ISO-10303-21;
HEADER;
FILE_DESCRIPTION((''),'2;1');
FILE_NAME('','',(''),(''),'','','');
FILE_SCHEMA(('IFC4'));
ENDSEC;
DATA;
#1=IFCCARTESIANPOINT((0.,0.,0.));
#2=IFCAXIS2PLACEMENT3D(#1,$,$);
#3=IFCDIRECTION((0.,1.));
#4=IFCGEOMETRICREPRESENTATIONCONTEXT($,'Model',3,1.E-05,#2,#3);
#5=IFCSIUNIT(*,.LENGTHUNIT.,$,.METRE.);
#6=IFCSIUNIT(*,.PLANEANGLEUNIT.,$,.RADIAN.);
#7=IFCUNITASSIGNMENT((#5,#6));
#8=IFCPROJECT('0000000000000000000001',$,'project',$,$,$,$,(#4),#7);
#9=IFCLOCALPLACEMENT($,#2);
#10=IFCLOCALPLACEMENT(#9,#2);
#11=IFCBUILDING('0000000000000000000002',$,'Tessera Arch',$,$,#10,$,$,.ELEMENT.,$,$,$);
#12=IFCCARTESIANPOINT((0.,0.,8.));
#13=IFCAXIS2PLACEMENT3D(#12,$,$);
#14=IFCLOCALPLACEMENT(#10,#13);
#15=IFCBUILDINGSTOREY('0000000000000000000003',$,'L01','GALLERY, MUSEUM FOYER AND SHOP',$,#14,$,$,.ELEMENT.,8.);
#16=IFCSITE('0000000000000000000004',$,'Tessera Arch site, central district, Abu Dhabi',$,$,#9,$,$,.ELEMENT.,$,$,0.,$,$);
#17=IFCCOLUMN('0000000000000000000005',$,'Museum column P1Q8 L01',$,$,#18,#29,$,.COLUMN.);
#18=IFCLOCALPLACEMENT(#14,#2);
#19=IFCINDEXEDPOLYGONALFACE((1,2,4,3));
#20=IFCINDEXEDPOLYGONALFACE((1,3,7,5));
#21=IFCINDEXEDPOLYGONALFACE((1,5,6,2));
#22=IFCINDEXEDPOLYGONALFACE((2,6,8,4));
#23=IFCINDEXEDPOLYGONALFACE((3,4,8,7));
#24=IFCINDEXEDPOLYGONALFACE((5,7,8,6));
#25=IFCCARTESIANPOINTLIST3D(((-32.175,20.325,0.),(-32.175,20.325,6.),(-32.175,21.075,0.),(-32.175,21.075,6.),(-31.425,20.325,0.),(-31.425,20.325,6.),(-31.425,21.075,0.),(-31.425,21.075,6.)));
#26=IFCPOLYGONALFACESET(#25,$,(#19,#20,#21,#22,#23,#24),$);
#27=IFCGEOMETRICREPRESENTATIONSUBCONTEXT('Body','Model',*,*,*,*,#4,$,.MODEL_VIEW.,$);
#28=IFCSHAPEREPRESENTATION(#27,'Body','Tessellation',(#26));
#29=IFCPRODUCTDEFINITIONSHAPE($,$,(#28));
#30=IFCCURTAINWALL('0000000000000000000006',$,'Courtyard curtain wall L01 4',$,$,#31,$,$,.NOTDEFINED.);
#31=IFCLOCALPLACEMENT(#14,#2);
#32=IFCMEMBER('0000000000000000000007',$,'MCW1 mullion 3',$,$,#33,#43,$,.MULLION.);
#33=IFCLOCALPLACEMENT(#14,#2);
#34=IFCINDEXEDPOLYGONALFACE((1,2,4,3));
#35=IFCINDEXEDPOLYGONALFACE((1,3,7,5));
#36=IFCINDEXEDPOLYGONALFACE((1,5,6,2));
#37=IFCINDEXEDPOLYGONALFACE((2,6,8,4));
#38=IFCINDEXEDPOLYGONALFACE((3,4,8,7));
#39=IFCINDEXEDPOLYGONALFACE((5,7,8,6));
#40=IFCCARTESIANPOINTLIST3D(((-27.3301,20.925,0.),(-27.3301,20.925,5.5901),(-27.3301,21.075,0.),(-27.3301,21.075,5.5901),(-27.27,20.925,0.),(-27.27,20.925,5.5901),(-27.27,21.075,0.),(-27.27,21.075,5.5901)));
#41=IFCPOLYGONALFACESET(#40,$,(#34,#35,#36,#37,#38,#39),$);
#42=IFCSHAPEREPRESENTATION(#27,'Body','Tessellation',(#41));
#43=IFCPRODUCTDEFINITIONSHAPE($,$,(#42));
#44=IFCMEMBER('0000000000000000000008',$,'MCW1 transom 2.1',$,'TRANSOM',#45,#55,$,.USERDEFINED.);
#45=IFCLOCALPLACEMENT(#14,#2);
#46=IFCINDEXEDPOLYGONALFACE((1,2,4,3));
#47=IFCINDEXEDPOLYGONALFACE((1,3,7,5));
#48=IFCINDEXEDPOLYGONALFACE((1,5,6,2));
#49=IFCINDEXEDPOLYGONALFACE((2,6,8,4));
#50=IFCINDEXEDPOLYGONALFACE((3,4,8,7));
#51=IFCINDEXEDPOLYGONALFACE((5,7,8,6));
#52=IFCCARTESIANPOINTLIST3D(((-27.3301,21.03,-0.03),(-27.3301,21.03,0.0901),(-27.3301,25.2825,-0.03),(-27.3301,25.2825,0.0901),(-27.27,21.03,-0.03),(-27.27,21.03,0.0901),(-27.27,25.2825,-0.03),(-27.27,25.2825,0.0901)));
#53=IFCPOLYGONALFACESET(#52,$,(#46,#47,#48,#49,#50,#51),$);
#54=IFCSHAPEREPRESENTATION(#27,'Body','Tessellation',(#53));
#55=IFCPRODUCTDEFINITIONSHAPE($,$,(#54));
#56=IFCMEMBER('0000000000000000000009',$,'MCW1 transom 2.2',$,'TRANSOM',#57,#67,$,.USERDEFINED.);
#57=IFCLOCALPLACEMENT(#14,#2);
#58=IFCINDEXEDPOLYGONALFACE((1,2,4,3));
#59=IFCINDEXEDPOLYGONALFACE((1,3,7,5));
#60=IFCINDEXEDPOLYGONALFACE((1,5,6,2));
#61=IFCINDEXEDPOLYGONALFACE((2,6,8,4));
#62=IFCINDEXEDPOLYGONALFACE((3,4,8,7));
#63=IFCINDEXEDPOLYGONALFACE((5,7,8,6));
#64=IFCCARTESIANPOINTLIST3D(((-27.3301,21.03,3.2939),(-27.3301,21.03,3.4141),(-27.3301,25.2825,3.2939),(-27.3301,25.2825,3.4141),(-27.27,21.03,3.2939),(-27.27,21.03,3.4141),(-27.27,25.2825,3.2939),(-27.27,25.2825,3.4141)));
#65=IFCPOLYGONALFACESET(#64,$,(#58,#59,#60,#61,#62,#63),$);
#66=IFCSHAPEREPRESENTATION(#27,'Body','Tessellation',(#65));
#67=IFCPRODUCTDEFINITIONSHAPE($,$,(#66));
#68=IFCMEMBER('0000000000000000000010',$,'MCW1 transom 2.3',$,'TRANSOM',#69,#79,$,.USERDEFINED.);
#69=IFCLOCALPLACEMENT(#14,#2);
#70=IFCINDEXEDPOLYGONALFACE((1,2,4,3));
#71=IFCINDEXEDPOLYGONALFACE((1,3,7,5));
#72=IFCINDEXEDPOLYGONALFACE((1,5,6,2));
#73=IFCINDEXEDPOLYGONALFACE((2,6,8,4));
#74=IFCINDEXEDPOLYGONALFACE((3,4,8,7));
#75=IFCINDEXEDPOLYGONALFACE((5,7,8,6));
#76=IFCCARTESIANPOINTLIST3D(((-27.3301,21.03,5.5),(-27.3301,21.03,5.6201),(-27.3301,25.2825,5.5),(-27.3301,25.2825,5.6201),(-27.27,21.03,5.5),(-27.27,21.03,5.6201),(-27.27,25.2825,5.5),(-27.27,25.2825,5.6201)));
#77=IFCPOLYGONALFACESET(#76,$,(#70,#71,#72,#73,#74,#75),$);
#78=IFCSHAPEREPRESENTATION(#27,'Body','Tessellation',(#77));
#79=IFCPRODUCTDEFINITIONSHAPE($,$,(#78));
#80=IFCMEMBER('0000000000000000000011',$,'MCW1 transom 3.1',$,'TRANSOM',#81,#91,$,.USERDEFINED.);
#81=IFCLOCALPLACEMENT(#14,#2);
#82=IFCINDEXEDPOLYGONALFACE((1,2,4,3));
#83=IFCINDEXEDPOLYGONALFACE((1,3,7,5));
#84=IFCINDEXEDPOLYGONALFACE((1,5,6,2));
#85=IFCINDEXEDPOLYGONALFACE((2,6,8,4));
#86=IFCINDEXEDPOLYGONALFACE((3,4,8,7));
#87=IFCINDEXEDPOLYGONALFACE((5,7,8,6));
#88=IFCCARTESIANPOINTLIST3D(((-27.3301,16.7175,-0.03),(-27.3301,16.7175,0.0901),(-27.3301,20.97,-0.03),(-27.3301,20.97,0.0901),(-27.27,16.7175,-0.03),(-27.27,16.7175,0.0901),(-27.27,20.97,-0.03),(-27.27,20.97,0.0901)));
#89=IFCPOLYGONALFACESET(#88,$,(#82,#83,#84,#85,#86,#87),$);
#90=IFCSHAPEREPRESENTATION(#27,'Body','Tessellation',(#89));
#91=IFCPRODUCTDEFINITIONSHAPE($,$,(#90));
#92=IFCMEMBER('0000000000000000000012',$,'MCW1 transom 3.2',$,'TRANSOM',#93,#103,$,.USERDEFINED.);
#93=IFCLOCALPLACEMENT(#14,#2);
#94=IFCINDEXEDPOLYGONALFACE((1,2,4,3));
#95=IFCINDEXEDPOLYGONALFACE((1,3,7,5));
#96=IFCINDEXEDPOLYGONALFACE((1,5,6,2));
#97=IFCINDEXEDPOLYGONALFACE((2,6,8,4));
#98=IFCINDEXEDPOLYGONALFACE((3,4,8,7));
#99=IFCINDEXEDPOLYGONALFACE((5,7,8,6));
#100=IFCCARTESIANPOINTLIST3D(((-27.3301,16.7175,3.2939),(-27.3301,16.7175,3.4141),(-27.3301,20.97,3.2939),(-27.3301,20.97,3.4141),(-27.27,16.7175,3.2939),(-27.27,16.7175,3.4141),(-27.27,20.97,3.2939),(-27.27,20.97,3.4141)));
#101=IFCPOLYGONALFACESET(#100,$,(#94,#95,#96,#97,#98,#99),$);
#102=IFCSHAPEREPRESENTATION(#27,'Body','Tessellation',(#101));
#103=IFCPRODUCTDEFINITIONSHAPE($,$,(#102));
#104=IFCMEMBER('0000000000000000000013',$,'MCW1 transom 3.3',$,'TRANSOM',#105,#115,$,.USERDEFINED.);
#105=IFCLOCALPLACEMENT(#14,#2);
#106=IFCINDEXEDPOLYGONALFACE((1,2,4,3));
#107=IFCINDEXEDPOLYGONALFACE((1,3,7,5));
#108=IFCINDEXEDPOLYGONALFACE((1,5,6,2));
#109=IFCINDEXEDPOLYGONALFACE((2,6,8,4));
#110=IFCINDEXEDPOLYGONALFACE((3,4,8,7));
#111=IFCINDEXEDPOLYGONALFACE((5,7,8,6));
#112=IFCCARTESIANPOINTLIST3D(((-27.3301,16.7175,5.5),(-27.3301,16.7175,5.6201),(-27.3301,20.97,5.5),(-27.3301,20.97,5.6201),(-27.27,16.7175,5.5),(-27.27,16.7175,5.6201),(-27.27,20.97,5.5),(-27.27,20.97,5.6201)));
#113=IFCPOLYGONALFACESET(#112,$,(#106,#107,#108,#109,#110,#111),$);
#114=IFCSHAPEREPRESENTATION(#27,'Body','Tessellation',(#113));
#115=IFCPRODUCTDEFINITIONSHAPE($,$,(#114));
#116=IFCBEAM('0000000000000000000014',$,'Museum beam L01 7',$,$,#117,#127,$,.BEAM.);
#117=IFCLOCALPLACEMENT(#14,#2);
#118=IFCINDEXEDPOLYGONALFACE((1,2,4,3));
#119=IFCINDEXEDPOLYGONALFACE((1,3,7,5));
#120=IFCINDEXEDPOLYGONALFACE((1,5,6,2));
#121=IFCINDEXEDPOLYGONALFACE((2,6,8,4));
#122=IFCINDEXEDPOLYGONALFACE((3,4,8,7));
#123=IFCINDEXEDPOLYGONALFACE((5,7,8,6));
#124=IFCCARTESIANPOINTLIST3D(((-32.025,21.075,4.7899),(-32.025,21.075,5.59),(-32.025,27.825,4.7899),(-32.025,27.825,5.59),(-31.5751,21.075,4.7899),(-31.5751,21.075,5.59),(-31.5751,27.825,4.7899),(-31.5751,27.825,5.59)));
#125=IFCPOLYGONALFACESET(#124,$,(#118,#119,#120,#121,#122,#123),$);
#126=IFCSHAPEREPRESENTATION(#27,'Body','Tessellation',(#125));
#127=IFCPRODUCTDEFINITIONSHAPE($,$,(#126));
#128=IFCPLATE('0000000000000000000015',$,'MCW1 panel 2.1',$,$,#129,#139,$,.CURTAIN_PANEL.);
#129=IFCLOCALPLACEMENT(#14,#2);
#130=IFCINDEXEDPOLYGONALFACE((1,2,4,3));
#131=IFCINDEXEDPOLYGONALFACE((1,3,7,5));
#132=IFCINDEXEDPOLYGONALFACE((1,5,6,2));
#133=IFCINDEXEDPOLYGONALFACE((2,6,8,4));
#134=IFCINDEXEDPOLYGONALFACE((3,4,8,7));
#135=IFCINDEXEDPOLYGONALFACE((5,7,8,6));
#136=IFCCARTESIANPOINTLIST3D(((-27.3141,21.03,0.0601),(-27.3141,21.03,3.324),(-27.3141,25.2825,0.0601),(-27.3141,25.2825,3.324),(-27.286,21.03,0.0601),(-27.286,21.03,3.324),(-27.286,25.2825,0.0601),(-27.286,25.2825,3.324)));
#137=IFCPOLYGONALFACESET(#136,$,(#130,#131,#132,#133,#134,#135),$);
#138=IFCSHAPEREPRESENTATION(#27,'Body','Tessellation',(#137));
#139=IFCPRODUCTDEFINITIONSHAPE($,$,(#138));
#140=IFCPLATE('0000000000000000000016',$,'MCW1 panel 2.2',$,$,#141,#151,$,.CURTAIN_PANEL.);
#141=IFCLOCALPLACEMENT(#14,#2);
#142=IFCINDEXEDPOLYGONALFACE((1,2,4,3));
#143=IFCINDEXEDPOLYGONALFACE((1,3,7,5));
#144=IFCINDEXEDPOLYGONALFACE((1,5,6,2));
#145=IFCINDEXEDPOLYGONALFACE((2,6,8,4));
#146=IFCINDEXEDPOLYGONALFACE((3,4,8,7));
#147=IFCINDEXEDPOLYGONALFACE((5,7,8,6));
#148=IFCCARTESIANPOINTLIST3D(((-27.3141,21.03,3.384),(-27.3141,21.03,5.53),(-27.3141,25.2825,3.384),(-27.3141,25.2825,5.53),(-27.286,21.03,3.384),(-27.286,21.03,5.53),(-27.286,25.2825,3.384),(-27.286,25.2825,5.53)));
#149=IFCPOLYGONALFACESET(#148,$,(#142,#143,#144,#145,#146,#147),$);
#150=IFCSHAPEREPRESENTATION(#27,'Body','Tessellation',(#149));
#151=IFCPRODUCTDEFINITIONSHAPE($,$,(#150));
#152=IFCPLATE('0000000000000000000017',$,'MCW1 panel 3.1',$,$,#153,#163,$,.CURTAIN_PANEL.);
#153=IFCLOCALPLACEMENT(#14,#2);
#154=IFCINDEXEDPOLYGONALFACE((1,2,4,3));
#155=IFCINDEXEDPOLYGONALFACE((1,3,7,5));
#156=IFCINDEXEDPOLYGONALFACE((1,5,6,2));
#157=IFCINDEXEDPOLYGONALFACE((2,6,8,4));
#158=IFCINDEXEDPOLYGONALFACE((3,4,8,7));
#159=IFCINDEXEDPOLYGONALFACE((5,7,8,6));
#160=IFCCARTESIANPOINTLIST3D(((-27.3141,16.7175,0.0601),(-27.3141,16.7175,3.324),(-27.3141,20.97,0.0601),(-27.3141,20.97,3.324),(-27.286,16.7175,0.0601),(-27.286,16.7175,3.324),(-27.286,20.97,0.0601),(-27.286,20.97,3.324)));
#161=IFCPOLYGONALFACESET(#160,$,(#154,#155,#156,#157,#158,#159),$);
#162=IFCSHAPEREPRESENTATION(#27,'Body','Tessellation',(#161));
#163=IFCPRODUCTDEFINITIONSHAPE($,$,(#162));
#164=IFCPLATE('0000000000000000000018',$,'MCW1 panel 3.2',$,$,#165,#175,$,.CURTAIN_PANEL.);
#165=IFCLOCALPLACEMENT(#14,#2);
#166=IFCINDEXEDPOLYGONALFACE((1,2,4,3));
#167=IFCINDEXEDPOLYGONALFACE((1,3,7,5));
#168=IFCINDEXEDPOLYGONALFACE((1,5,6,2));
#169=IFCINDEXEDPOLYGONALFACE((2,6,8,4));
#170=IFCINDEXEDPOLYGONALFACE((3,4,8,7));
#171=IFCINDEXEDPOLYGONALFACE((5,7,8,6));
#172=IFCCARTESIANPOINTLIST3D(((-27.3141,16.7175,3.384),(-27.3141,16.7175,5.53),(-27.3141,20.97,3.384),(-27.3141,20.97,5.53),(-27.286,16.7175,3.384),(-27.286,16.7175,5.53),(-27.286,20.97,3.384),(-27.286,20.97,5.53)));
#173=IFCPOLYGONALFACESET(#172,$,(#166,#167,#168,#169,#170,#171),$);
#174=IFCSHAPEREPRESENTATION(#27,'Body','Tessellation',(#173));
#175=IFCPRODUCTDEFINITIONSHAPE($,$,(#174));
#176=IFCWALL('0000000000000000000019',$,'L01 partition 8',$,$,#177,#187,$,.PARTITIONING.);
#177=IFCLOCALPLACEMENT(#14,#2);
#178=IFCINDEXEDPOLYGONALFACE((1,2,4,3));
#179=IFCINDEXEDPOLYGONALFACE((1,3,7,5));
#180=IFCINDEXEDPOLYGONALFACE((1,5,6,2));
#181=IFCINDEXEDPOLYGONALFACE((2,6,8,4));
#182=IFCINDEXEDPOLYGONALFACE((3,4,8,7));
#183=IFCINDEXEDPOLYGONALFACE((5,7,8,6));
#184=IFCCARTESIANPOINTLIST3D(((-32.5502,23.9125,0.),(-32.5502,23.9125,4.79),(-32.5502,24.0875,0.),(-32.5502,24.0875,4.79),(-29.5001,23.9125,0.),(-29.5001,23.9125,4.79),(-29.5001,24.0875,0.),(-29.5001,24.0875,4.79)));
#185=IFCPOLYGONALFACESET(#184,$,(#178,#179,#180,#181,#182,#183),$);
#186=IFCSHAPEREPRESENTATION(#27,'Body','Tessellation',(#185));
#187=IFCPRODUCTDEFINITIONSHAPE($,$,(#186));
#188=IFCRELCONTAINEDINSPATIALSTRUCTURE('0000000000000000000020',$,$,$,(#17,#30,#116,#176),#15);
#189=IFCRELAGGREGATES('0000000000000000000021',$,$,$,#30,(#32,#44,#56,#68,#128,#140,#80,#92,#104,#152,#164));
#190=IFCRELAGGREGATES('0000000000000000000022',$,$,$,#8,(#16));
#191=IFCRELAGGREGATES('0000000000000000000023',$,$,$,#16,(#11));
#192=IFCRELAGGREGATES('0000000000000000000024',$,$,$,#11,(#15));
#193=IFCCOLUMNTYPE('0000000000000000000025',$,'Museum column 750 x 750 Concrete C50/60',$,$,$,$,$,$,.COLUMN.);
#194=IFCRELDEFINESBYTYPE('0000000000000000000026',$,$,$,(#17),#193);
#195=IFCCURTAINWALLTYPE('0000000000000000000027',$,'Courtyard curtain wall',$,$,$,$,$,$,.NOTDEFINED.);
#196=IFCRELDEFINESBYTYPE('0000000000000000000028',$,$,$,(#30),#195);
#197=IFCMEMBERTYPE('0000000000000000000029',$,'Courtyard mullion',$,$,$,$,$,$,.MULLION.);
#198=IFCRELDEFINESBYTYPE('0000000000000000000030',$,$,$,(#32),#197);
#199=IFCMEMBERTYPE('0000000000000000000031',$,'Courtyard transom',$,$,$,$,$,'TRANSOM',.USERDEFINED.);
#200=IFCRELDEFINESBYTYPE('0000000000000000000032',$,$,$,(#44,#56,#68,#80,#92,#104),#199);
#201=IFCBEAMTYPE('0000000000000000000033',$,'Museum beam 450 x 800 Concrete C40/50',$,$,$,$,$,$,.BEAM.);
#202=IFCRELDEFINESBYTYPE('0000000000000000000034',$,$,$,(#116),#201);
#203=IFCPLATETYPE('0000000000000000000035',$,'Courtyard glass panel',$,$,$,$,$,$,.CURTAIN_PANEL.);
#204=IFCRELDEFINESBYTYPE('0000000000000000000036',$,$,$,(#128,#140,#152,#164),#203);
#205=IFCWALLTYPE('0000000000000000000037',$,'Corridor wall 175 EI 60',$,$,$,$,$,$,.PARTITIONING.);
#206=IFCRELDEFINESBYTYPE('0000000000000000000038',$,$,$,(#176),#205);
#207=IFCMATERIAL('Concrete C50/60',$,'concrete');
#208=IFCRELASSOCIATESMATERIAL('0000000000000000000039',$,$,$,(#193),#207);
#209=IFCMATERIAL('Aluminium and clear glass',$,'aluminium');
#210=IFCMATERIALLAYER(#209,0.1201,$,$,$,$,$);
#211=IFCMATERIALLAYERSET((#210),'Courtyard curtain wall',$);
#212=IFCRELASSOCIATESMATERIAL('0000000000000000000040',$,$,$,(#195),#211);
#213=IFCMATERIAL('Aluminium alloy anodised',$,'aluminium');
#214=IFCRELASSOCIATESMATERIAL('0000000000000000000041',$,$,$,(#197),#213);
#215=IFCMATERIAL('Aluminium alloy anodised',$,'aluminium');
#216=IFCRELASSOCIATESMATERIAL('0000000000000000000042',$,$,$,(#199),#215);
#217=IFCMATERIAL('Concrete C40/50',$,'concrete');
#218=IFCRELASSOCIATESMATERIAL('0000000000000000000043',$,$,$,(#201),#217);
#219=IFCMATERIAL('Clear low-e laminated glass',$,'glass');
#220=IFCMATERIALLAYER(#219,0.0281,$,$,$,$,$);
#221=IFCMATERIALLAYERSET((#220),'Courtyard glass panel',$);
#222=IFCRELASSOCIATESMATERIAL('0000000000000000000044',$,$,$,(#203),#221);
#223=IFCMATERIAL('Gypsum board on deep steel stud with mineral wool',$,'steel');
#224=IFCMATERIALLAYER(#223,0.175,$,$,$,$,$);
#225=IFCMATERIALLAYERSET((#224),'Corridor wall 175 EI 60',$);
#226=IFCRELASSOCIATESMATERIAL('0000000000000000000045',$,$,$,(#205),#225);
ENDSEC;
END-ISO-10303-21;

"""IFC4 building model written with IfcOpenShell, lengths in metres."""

from ifc_helpers import new_model, si_unit, direction, frame, frame_2d, origin, origin_2d, place, context, subcontext, project, spatial, rectangle, extrude, material, layer, layer_set, material_profile, profile_set, type_object, element, aggregate, save


model = new_model("IFC4")

# Units and contexts
model_context = context("Model", 3, precision=1e-05, world=origin(), true_north=direction((0.0, 1.0)))
body_context = subcontext(model_context, "Body", "Model", "MODEL_VIEW")
ifc_project = project(units=[si_unit("LENGTHUNIT", "METRE"), si_unit("PLANEANGLEUNIT", "RADIAN")], contexts=[model_context])

# Site, building, storey
site_placement = place(None, origin())
site = spatial("IfcSite", under=ifc_project, at=site_placement, Name="Tessera Arch site, central district, Abu Dhabi", CompositionType="ELEMENT", RefElevation=0.0)
building_placement = place(site_placement, origin())
building = spatial("IfcBuilding", under=site, at=building_placement, Name="Tessera Arch", CompositionType="ELEMENT")
storey_placement = place(building_placement, frame((0.0, 0.0, 8.0)))
storey = spatial("IfcBuildingStorey", under=building, at=storey_placement, Name="L01", Description="GALLERY, MUSEUM FOYER AND SHOP", CompositionType="ELEMENT", Elevation=8.0)

# Column
ifc_material_1 = material(Name="Concrete C50/60", Category="concrete")
ifc_material_profile_1 = material_profile(ifc_material_1, rectangle(XDim=0.75, YDim=0.75, at=origin_2d()), Name="Museum column 750 x 750 Concrete C50/60")
ifc_profile_set_1 = profile_set([ifc_material_profile_1], Name="Concrete C50/60")
column_type = type_object("IfcColumnType", Name="Museum column 750 x 750 Concrete C50/60", PredefinedType="COLUMN", material=ifc_profile_set_1)
column_placement = place(storey_placement, frame((-31.8, 20.7, 0.0), z_axis=(0.0, 0.0, 1.0), x_axis=(1.0, 0.0, 0.0)))
element("IfcColumn", 1, at=column_placement, inside=storey, type_object=column_type, Name="Museum column P1Q8 L01", PredefinedType="COLUMN", context=body_context, shape_type="SweptSolid", body=[
    extrude(rectangle(XDim=0.75, YDim=0.75, at=origin_2d()), origin(), (0.0, 0.0, 1.0), 6.0),
])

# Curtain wall, members
ifc_material_2 = material(Name="Aluminium and clear glass", Category="aluminium")
ifc_layer_1 = layer(ifc_material_2, 0.1201)
ifc_layer_set_1 = layer_set([ifc_layer_1], Name="Courtyard curtain wall")
curtain_wall_type = type_object("IfcCurtainWallType", Name="Courtyard curtain wall", PredefinedType="NOTDEFINED", material=ifc_layer_set_1)
curtain_wall_placement = place(storey_placement, origin())
curtain_wall = element("IfcCurtainWall", 2, at=curtain_wall_placement, inside=storey, type_object=curtain_wall_type, Name="Courtyard curtain wall L01 4", PredefinedType="NOTDEFINED")
ifc_material_3 = material(Name="Aluminium alloy anodised", Category="aluminium")
ifc_material_profile_2 = material_profile(ifc_material_3, rectangle(XDim=0.0601, YDim=0.1499, at=origin_2d()), Name="Courtyard mullion")
ifc_profile_set_2 = profile_set([ifc_material_profile_2], Name="Aluminium alloy anodised")
member_type_1 = type_object("IfcMemberType", Name="Courtyard mullion", PredefinedType="MULLION", material=ifc_profile_set_2)
member_1_placement = place(storey_placement, frame((-27.3, 21.0, 0.0), z_axis=(0.0, 0.0, 1.0), x_axis=(1.0, 0.0, 0.0)))
member_1 = element("IfcMember", 3, at=member_1_placement, type_object=member_type_1, Name="MCW1 mullion 3", PredefinedType="MULLION", context=body_context, shape_type="SweptSolid", body=[
    extrude(rectangle(XDim=0.0601, YDim=0.1499, at=origin_2d()), origin(), (0.0, 0.0, 1.0), 5.5901),
])
ifc_material_4 = material(Name="Aluminium alloy anodised", Category="aluminium")
ifc_material_profile_3 = material_profile(ifc_material_4, rectangle(XDim=0.0601, YDim=0.1201, at=origin_2d()), Name="Courtyard transom")
ifc_profile_set_3 = profile_set([ifc_material_profile_3], Name="Aluminium alloy anodised")
member_type_2 = type_object("IfcMemberType", Name="Courtyard transom", ElementType="TRANSOM", PredefinedType="USERDEFINED", material=ifc_profile_set_3)
member_2_placement = place(storey_placement, frame((-27.3, 25.2825, 0.03), z_axis=(0.0, -1.0, 0.0), x_axis=(1.0, 0.0, 0.0)))
member_2 = element("IfcMember", 4, at=member_2_placement, type_object=member_type_2, Name="MCW1 transom 2.1", ObjectType="TRANSOM", PredefinedType="USERDEFINED", context=body_context, shape_type="SweptSolid", body=[
    extrude(rectangle(XDim=0.0601, YDim=0.1201, at=origin_2d()), origin(), (0.0, 0.0, 1.0), 4.2524),
])
member_3_placement = place(storey_placement, frame((-27.3, 25.2825, 3.354), z_axis=(0.0, -1.0, 0.0), x_axis=(1.0, 0.0, 0.0)))
member_3 = element("IfcMember", 5, at=member_3_placement, type_object=member_type_2, Name="MCW1 transom 2.2", ObjectType="TRANSOM", PredefinedType="USERDEFINED", context=body_context, shape_type="SweptSolid", body=[
    extrude(rectangle(XDim=0.0601, YDim=0.1201, at=origin_2d()), origin(), (0.0, 0.0, 1.0), 4.2524),
])
member_4_placement = place(storey_placement, frame((-27.3, 25.2825, 5.5601), z_axis=(0.0, -1.0, 0.0), x_axis=(1.0, 0.0, 0.0)))
member_4 = element("IfcMember", 6, at=member_4_placement, type_object=member_type_2, Name="MCW1 transom 2.3", ObjectType="TRANSOM", PredefinedType="USERDEFINED", context=body_context, shape_type="SweptSolid", body=[
    extrude(rectangle(XDim=0.0601, YDim=0.1201, at=origin_2d()), origin(), (0.0, 0.0, 1.0), 4.2524),
])
member_5_placement = place(storey_placement, frame((-27.3, 20.97, 0.03), z_axis=(0.0, -1.0, 0.0), x_axis=(1.0, 0.0, 0.0)))
member_5 = element("IfcMember", 7, at=member_5_placement, type_object=member_type_2, Name="MCW1 transom 3.1", ObjectType="TRANSOM", PredefinedType="USERDEFINED", context=body_context, shape_type="SweptSolid", body=[
    extrude(rectangle(XDim=0.0601, YDim=0.1201, at=origin_2d()), origin(), (0.0, 0.0, 1.0), 4.2524),
])
member_6_placement = place(storey_placement, frame((-27.3, 20.97, 3.354), z_axis=(0.0, -1.0, 0.0), x_axis=(1.0, 0.0, 0.0)))
member_6 = element("IfcMember", 8, at=member_6_placement, type_object=member_type_2, Name="MCW1 transom 3.2", ObjectType="TRANSOM", PredefinedType="USERDEFINED", context=body_context, shape_type="SweptSolid", body=[
    extrude(rectangle(XDim=0.0601, YDim=0.1201, at=origin_2d()), origin(), (0.0, 0.0, 1.0), 4.2524),
])
member_7_placement = place(storey_placement, frame((-27.3, 20.97, 5.5601), z_axis=(0.0, -1.0, 0.0), x_axis=(1.0, 0.0, 0.0)))
member_7 = element("IfcMember", 9, at=member_7_placement, type_object=member_type_2, Name="MCW1 transom 3.3", ObjectType="TRANSOM", PredefinedType="USERDEFINED", context=body_context, shape_type="SweptSolid", body=[
    extrude(rectangle(XDim=0.0601, YDim=0.1201, at=origin_2d()), origin(), (0.0, 0.0, 1.0), 4.2524),
])

# Beam
ifc_material_5 = material(Name="Concrete C40/50", Category="concrete")
ifc_material_profile_4 = material_profile(ifc_material_5, rectangle(XDim=0.45, YDim=0.8, at=origin_2d()), Name="Museum beam 450 x 800 Concrete C40/50")
ifc_profile_set_4 = profile_set([ifc_material_profile_4], Name="Concrete C40/50")
beam_type = type_object("IfcBeamType", Name="Museum beam 450 x 800 Concrete C40/50", PredefinedType="BEAM", material=ifc_profile_set_4)
beam_placement = place(storey_placement, frame((-31.8, 21.075, 5.1899), z_axis=(0.0, 1.0, 0.0), x_axis=(-1.0, 0.0, 0.0)))
element("IfcBeam", 10, at=beam_placement, inside=storey, type_object=beam_type, Name="Museum beam L01 7", PredefinedType="BEAM", context=body_context, shape_type="SweptSolid", body=[
    extrude(rectangle(XDim=0.45, YDim=0.8, at=origin_2d()), origin(), (0.0, 0.0, 1.0), 6.75),
])

# Plates
ifc_material_6 = material(Name="Clear low-e laminated glass", Category="glass")
ifc_layer_2 = layer(ifc_material_6, 0.0281)
ifc_layer_set_2 = layer_set([ifc_layer_2], Name="Courtyard glass panel")
plate_type = type_object("IfcPlateType", Name="Courtyard glass panel", PredefinedType="CURTAIN_PANEL", material=ifc_layer_set_2)
plate_1_placement = place(storey_placement, frame((-27.3, 23.1562, 0.0601), z_axis=(0.0, 0.0, 1.0), x_axis=(0.0, -1.0, 0.0)))
plate_1 = element("IfcPlate", 11, at=plate_1_placement, type_object=plate_type, Name="MCW1 panel 2.1", PredefinedType="CURTAIN_PANEL", context=body_context, shape_type="SweptSolid", body=[
    extrude(rectangle(XDim=4.2524, YDim=0.0281, at=origin_2d()), origin(), (0.0, 0.0, 1.0), 3.2639),
])
plate_2_placement = place(storey_placement, frame((-27.3, 23.1562, 3.384), z_axis=(0.0, 0.0, 1.0), x_axis=(0.0, -1.0, 0.0)))
plate_2 = element("IfcPlate", 12, at=plate_2_placement, type_object=plate_type, Name="MCW1 panel 2.2", PredefinedType="CURTAIN_PANEL", context=body_context, shape_type="SweptSolid", body=[
    extrude(rectangle(XDim=4.2524, YDim=0.0281, at=origin_2d()), origin(), (0.0, 0.0, 1.0), 2.146),
])
plate_3_placement = place(storey_placement, frame((-27.3, 18.8438, 0.0601), z_axis=(0.0, 0.0, 1.0), x_axis=(0.0, -1.0, 0.0)))
plate_3 = element("IfcPlate", 13, at=plate_3_placement, type_object=plate_type, Name="MCW1 panel 3.1", PredefinedType="CURTAIN_PANEL", context=body_context, shape_type="SweptSolid", body=[
    extrude(rectangle(XDim=4.2524, YDim=0.0281, at=origin_2d()), origin(), (0.0, 0.0, 1.0), 3.2639),
])
plate_4_placement = place(storey_placement, frame((-27.3, 18.8438, 3.384), z_axis=(0.0, 0.0, 1.0), x_axis=(0.0, -1.0, 0.0)))
plate_4 = element("IfcPlate", 14, at=plate_4_placement, type_object=plate_type, Name="MCW1 panel 3.2", PredefinedType="CURTAIN_PANEL", context=body_context, shape_type="SweptSolid", body=[
    extrude(rectangle(XDim=4.2524, YDim=0.0281, at=origin_2d()), origin(), (0.0, 0.0, 1.0), 2.146),
])
aggregate(curtain_wall, [member_1, member_2, member_3, member_4, plate_1, plate_2, member_5, member_6, member_7, plate_3, plate_4])

# Wall
ifc_material_7 = material(Name="Gypsum board on deep steel stud with mineral wool", Category="steel")
ifc_layer_3 = layer(ifc_material_7, 0.175)
ifc_layer_set_3 = layer_set([ifc_layer_3], Name="Corridor wall 175 EI 60")
wall_type_1 = type_object("IfcWallType", Name="Corridor wall 175 EI 60", PredefinedType="PARTITIONING", material=ifc_layer_set_3)
wall_1_placement = place(storey_placement, frame((-32.55, 24.0, 0.0), z_axis=(0.0, 0.0, 1.0), x_axis=(1.0, 0.0, 0.0)))
element("IfcWall", 15, at=wall_1_placement, inside=storey, type_object=wall_type_1, Name="L01 partition 8", PredefinedType="PARTITIONING", context=body_context, shape_type="SweptSolid", body=[
    extrude(rectangle(XDim=3.05, YDim=0.175, at=frame_2d((1.5249, 0.0))), origin(), (0.0, 0.0, 1.0), 4.79),
])

save(model, "model.ifc")
